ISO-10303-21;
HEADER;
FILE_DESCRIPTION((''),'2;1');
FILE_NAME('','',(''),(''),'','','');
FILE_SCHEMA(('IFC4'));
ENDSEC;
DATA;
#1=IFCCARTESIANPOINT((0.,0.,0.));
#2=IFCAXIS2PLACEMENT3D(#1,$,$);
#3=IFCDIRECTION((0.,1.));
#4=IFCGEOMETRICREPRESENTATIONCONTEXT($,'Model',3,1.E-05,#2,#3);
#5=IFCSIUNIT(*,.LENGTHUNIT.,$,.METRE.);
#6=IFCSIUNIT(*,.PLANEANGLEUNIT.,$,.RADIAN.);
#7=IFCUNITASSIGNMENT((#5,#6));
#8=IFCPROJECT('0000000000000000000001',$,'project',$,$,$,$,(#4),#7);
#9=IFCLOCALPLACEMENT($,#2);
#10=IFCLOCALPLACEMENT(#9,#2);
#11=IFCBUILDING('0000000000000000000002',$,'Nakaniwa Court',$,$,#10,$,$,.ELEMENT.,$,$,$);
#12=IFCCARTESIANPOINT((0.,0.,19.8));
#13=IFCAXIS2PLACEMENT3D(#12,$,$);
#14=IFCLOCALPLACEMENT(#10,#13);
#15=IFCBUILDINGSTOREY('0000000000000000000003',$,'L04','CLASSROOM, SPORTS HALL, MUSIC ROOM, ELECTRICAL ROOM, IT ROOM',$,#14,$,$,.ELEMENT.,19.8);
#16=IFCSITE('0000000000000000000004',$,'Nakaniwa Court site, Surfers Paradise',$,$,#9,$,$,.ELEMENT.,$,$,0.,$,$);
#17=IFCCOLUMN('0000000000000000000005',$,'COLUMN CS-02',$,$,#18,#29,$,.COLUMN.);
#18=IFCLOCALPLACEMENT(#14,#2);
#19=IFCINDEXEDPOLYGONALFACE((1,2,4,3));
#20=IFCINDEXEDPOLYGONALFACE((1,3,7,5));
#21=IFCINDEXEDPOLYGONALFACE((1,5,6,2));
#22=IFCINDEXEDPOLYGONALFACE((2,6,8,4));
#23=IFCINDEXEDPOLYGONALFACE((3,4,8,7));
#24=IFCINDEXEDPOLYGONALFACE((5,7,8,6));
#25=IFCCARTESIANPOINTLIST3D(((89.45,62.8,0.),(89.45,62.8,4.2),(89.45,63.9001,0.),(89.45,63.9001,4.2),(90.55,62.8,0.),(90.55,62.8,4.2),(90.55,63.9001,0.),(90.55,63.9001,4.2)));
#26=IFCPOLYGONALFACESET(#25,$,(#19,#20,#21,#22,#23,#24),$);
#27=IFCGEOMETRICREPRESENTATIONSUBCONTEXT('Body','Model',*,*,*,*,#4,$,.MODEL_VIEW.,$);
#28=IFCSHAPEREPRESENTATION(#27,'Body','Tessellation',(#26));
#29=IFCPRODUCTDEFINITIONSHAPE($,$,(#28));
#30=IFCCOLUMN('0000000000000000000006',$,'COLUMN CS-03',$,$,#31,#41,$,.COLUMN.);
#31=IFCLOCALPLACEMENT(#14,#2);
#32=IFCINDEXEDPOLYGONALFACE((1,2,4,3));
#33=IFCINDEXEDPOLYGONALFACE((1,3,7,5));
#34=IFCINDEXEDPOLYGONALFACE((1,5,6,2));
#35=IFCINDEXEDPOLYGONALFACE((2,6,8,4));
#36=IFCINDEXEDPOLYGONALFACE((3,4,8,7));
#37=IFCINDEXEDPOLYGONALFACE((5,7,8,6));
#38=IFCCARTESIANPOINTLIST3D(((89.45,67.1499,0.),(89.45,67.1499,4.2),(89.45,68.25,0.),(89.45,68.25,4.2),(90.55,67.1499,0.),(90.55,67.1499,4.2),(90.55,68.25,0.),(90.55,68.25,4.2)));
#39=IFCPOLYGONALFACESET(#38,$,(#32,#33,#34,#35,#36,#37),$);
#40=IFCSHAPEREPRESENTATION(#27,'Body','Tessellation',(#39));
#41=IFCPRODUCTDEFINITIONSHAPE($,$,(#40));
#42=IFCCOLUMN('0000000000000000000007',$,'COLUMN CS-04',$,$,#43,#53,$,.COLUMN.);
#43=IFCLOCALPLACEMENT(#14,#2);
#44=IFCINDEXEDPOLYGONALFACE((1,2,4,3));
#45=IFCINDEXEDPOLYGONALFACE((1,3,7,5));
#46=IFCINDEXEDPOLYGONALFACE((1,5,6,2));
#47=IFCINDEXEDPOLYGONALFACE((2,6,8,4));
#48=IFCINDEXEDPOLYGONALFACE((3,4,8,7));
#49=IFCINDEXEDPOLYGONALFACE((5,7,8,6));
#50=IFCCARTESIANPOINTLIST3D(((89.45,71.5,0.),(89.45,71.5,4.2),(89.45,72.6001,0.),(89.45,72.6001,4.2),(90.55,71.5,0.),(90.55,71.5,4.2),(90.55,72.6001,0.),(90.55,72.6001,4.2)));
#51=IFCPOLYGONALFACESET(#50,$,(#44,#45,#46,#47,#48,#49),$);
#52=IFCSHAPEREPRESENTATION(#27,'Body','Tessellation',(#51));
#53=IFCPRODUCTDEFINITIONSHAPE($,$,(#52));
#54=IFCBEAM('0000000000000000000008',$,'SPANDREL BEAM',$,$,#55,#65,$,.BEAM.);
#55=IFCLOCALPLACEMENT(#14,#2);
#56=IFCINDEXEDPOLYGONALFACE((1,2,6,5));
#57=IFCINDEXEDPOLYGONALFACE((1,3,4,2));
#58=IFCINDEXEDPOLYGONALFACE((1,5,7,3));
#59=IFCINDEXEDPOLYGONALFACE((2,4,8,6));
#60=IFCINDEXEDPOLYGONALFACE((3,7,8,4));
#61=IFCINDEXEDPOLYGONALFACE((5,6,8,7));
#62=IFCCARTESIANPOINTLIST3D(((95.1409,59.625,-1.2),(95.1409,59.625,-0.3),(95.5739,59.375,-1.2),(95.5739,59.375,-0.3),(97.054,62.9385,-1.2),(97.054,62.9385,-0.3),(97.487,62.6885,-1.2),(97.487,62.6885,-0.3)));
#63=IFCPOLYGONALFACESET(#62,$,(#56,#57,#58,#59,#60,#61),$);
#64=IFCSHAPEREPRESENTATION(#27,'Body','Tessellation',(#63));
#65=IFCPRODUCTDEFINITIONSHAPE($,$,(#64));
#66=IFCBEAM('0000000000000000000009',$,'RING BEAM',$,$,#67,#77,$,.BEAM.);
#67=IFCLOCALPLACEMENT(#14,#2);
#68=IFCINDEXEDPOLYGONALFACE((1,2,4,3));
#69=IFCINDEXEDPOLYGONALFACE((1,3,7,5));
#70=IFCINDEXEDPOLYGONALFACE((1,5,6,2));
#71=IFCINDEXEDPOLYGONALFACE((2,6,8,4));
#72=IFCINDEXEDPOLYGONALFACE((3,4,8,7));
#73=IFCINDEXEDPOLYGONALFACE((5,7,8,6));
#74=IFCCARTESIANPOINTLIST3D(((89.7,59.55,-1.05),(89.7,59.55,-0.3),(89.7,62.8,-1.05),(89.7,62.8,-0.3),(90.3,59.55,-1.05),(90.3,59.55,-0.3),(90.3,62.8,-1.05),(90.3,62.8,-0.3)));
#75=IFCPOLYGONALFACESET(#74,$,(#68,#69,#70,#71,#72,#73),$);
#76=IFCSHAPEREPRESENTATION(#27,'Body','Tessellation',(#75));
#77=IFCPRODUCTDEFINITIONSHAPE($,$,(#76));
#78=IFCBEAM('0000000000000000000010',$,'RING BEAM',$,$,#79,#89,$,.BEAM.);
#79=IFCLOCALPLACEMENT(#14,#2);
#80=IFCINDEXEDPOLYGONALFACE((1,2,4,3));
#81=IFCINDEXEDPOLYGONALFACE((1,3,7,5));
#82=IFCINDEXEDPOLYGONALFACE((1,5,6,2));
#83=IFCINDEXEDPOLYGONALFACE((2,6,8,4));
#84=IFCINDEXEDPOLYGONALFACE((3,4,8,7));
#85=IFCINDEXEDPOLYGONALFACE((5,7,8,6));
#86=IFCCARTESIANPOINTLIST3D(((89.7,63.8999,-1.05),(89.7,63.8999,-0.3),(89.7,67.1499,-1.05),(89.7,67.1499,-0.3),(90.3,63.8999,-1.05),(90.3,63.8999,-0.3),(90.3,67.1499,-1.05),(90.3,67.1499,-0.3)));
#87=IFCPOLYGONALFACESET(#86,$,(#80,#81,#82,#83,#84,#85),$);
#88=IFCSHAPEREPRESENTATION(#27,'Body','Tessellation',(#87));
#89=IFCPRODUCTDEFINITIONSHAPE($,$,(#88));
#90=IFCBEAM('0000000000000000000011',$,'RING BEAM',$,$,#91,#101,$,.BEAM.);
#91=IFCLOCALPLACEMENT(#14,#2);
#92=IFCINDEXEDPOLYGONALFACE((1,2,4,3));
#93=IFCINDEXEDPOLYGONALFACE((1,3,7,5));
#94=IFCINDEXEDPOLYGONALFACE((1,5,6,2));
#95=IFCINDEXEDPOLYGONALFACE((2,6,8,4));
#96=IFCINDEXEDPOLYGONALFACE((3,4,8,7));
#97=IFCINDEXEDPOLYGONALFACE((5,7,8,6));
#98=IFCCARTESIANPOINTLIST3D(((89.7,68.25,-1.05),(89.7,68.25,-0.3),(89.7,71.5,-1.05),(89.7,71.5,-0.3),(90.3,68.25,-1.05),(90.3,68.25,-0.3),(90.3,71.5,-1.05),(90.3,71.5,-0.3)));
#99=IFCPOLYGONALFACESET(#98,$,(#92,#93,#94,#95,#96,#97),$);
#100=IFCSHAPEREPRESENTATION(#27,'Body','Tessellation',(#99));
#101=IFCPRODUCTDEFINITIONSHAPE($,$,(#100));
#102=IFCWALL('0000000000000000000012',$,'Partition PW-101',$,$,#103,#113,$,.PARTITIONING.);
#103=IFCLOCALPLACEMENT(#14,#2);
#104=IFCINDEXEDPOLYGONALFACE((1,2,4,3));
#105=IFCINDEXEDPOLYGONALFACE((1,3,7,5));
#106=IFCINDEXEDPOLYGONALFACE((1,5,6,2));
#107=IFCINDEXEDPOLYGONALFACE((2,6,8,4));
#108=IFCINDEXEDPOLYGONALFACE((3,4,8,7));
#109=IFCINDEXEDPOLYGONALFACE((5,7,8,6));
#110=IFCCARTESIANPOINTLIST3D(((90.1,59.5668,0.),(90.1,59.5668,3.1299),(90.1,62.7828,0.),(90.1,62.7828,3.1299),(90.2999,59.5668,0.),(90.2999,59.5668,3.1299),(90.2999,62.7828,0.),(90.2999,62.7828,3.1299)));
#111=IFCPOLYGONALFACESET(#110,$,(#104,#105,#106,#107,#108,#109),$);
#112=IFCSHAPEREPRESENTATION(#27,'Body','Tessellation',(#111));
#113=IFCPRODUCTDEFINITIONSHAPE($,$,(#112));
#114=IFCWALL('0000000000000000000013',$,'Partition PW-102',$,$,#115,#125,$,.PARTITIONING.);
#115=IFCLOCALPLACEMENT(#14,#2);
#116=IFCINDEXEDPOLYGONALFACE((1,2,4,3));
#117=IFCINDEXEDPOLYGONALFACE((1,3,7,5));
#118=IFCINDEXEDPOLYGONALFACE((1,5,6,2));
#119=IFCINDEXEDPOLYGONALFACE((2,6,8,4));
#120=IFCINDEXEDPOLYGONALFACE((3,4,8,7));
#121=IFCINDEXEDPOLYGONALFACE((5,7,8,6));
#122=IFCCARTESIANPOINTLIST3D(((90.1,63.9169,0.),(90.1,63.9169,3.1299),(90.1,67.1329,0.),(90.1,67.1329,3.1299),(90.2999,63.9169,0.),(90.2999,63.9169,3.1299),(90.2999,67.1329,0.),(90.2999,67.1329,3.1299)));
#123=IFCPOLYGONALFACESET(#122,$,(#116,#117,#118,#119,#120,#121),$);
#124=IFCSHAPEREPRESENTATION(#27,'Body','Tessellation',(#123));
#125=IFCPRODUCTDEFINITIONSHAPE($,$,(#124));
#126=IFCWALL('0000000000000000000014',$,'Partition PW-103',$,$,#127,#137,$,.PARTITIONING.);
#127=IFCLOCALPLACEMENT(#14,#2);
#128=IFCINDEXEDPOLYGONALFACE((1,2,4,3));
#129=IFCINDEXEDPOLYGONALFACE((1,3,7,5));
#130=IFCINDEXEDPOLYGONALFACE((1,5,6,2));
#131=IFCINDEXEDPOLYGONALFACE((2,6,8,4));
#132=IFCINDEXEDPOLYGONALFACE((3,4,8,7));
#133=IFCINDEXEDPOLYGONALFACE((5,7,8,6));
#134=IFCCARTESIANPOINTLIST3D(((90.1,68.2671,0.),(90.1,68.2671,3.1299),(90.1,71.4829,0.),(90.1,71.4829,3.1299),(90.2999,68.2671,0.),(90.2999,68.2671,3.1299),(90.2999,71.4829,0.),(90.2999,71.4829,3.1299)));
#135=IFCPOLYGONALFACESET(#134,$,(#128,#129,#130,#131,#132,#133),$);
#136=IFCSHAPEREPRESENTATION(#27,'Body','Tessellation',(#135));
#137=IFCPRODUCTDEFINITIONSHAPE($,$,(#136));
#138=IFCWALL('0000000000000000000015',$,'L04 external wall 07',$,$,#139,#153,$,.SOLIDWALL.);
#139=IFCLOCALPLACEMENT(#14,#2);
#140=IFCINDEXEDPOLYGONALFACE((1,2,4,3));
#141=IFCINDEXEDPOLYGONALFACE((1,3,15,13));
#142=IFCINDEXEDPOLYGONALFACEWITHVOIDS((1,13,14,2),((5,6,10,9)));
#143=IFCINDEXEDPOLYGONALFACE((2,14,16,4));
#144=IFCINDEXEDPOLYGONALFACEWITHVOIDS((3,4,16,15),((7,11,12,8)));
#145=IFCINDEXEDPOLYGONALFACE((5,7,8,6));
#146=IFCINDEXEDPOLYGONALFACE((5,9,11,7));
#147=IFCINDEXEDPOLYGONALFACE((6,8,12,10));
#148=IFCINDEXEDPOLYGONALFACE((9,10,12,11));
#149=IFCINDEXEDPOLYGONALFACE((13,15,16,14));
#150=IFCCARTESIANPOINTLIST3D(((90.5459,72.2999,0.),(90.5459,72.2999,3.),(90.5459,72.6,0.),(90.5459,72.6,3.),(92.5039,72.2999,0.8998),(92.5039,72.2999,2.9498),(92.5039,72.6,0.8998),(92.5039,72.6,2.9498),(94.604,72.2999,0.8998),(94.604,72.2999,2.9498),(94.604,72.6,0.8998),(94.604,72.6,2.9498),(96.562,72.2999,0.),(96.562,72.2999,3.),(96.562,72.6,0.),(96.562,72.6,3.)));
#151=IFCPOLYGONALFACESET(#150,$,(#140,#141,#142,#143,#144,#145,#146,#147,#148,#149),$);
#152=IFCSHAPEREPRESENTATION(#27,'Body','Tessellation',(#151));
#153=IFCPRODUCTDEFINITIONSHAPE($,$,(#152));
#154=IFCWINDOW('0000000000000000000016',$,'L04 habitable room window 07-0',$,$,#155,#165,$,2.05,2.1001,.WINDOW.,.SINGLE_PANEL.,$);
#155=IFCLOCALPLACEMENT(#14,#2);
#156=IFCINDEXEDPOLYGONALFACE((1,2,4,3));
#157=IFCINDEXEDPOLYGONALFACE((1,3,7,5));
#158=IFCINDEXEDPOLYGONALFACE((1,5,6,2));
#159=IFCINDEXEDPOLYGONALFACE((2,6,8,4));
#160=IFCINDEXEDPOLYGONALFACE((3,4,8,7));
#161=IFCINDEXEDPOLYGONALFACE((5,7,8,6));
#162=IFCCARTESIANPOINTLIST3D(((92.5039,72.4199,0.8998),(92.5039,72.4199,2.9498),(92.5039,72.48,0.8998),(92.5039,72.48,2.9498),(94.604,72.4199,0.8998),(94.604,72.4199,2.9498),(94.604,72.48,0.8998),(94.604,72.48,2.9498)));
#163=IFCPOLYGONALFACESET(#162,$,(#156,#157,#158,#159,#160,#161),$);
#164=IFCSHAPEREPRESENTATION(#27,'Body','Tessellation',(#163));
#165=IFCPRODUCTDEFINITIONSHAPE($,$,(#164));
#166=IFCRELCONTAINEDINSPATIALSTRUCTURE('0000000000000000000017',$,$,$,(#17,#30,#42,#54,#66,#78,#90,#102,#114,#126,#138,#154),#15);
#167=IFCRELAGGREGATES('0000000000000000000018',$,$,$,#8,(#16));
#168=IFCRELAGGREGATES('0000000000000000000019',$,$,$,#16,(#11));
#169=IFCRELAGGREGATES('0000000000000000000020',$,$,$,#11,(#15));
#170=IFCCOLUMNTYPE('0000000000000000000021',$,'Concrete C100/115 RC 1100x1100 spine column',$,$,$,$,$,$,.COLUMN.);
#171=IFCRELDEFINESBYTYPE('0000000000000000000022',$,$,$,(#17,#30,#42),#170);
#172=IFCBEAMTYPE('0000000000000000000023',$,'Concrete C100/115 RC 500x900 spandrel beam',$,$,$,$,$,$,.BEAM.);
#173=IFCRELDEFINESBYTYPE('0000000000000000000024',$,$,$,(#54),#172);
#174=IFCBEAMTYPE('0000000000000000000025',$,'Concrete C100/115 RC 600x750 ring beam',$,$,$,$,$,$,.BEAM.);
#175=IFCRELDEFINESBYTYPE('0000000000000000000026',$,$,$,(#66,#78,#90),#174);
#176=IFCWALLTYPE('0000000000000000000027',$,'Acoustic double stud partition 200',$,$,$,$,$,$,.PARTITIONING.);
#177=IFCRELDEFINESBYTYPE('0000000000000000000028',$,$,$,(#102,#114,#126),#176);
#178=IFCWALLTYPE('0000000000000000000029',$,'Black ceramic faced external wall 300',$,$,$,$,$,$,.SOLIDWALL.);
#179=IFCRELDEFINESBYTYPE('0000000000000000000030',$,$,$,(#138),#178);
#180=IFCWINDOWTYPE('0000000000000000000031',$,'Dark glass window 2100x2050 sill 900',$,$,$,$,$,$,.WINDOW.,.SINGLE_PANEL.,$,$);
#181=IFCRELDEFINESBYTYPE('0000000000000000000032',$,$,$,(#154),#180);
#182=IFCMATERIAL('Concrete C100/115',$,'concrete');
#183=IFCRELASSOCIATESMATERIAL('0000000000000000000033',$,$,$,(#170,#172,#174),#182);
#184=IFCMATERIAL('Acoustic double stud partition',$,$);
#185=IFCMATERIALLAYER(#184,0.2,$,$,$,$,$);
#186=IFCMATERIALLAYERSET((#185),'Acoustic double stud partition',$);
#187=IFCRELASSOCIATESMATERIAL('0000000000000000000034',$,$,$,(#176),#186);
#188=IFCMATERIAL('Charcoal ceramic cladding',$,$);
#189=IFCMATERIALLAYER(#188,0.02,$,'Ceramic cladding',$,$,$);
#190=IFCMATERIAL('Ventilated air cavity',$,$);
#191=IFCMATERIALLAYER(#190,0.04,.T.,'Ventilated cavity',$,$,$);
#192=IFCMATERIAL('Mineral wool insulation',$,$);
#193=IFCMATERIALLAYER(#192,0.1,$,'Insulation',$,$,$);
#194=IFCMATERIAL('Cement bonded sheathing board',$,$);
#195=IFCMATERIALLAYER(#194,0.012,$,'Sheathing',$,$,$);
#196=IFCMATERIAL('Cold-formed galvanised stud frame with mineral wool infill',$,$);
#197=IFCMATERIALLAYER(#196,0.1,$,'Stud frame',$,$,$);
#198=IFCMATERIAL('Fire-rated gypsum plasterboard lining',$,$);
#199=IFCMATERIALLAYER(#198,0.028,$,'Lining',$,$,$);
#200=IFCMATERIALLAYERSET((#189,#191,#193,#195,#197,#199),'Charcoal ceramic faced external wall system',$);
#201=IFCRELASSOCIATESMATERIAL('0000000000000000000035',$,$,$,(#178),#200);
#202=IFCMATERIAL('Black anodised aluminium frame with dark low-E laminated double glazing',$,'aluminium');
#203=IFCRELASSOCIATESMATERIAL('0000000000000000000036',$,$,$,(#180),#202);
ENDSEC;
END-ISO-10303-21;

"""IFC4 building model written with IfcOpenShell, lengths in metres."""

from ifc_helpers import new_model, si_unit, direction, frame, frame_2d, origin, origin_2d, place, context, subcontext, project, spatial, rectangle, extrude, material, layer, layer_set, material_profile, profile_set, type_object, element, fill, save


model = new_model("IFC4")

# Units and contexts
model_context = context("Model", 3, precision=1e-05, world=origin(), true_north=direction((0.0, 1.0)))
body_context = subcontext(model_context, "Body", "Model", "MODEL_VIEW")
ifc_project = project(units=[si_unit("LENGTHUNIT", "METRE"), si_unit("PLANEANGLEUNIT", "RADIAN")], contexts=[model_context])

# Site, building, storey
site_placement = place(None, origin())
site = spatial("IfcSite", under=ifc_project, at=site_placement, Name="Nakaniwa Court site, Surfers Paradise", CompositionType="ELEMENT", RefElevation=0.0)
building_placement = place(site_placement, origin())
building = spatial("IfcBuilding", under=site, at=building_placement, Name="Nakaniwa Court", CompositionType="ELEMENT")
storey_placement = place(building_placement, frame((0.0, 0.0, 19.8)))
storey = spatial("IfcBuildingStorey", under=building, at=storey_placement, Name="L04", Description="CLASSROOM, SPORTS HALL, MUSIC ROOM, ELECTRICAL ROOM, IT ROOM", CompositionType="ELEMENT", Elevation=19.8)

# Columns
ifc_material_1 = material(Name="Concrete C100/115", Category="concrete")
ifc_material_profile_1 = material_profile(ifc_material_1, rectangle(XDim=1.1001, YDim=1.1001, at=origin_2d()), Name="Concrete C100/115 RC 1100x1100 spine column")
ifc_profile_set_1 = profile_set([ifc_material_profile_1], Name="Concrete C100/115")
column_type = type_object("IfcColumnType", Name="Concrete C100/115 RC 1100x1100 spine column", PredefinedType="COLUMN", material=ifc_profile_set_1)
for number, where, z_axis, x_axis, name in (
    (1, (90.0, 63.3501, 0.0), (0.0, 0.0, 1.0), (0.0, 1.0, 0.0), "COLUMN CS-02"),
    (2, (90.0, 67.7, 0.0), (0.0, 0.0, 1.0), (0.0, 1.0, 0.0), "COLUMN CS-03"),
    (3, (90.0, 72.05, 0.0), (0.0, 0.0, 1.0), (0.0, 1.0, 0.0), "COLUMN CS-04"),
):
    element("IfcColumn", number, at=place(storey_placement, frame(where, z_axis=z_axis, x_axis=x_axis)), inside=storey, type_object=column_type, Name=name, PredefinedType="COLUMN", context=body_context, shape_type="SweptSolid", body=[
        extrude(rectangle(XDim=1.1001, YDim=1.1001, at=origin_2d()), origin(), (0.0, 0.0, 1.0), 4.2),
    ])

# Beams
ifc_material_profile_2 = material_profile(ifc_material_1, rectangle(XDim=0.5, YDim=0.8999, at=origin_2d()), Name="Concrete C100/115 RC 500x900 spandrel beam")
ifc_profile_set_2 = profile_set([ifc_material_profile_2], Name="Concrete C100/115")
beam_type_1 = type_object("IfcBeamType", Name="Concrete C100/115 RC 500x900 spandrel beam", PredefinedType="BEAM", material=ifc_profile_set_2)
beam_placement = place(storey_placement, frame((95.3574, 59.5, -0.75), z_axis=(0.50001, 0.86602, 0.0), x_axis=(-0.86602, 0.50001, 0.0)))
element("IfcBeam", 4, at=beam_placement, inside=storey, type_object=beam_type_1, Name="SPANDREL BEAM", PredefinedType="BEAM", context=body_context, shape_type="SweptSolid", body=[
    extrude(rectangle(XDim=0.5, YDim=0.8999, at=origin_2d()), origin(), (0.0, 0.0, 1.0), 3.8262),
])
ifc_material_profile_3 = material_profile(ifc_material_1, rectangle(XDim=0.6001, YDim=0.75, at=origin_2d()), Name="Concrete C100/115 RC 600x750 ring beam")
ifc_profile_set_3 = profile_set([ifc_material_profile_3], Name="Concrete C100/115")
beam_type_2 = type_object("IfcBeamType", Name="Concrete C100/115 RC 600x750 ring beam", PredefinedType="BEAM", material=ifc_profile_set_3)
for number, where, z_axis, x_axis, name in (
    (5, (90.0, 59.55, -0.675), (0.0, 1.0, 0.0), (-1.0, 0.0, 0.0), "RING BEAM"),
    (6, (90.0, 63.8999, -0.675), (0.0, 1.0, 0.0), (-1.0, 0.0, 0.0), "RING BEAM"),
    (7, (90.0, 68.25, -0.675), (0.0, 1.0, 0.0), (-1.0, 0.0, 0.0), "RING BEAM"),
):
    element("IfcBeam", number, at=place(storey_placement, frame(where, z_axis=z_axis, x_axis=x_axis)), inside=storey, type_object=beam_type_2, Name=name, PredefinedType="BEAM", context=body_context, shape_type="SweptSolid", body=[
        extrude(rectangle(XDim=0.6001, YDim=0.75, at=origin_2d()), origin(), (0.0, 0.0, 1.0), 3.25),
    ])

# Walls
ifc_material_2 = material(Name="Acoustic double stud partition")
ifc_layer_1 = layer(ifc_material_2, 0.2)
ifc_layer_set_1 = layer_set([ifc_layer_1], Name="Acoustic double stud partition")
wall_type_1 = type_object("IfcWallType", Name="Acoustic double stud partition 200", PredefinedType="PARTITIONING", material=ifc_layer_set_1)
for number, where, z_axis, x_axis, name in (
    (8, (90.2, 59.5669, 0.0), (0.0, 0.0, 1.0), (0.0, 1.0, 0.0), "Partition PW-101"),
    (9, (90.2, 63.917, 0.0), (0.0, 0.0, 1.0), (0.0, 1.0, 0.0), "Partition PW-102"),
):
    element("IfcWall", number, at=place(storey_placement, frame(where, z_axis=z_axis, x_axis=x_axis)), inside=storey, type_object=wall_type_1, Name=name, PredefinedType="PARTITIONING", context=body_context, shape_type="SweptSolid", body=[
        extrude(rectangle(XDim=3.2161, YDim=0.2, at=frame_2d((1.6079, 0.0))), origin(), (0.0, 0.0, 1.0), 3.1299),
    ])
wall_1_placement = place(storey_placement, frame((90.2, 68.2671, 0.0), z_axis=(0.0, 0.0, 1.0), x_axis=(0.0, 1.0, 0.0)))
element("IfcWall", 10, at=wall_1_placement, inside=storey, type_object=wall_type_1, Name="Partition PW-103", PredefinedType="PARTITIONING", context=body_context, shape_type="SweptSolid", body=[
    extrude(rectangle(XDim=3.2158, YDim=0.2, at=frame_2d((1.6079, 0.0))), origin(), (0.0, 0.0, 1.0), 3.1299),
])

# Wall, opening, window
ifc_material_3 = material(Name="Charcoal ceramic cladding")
ifc_layer_2 = layer(ifc_material_3, 0.02, Name="Ceramic cladding")
ifc_material_4 = material(Name="Ventilated air cavity")
ifc_layer_3 = layer(ifc_material_4, 0.04, ventilated=True, Name="Ventilated cavity")
ifc_material_5 = material(Name="Mineral wool insulation")
ifc_layer_4 = layer(ifc_material_5, 0.1, Name="Insulation")
ifc_material_6 = material(Name="Cement bonded sheathing board")
ifc_layer_5 = layer(ifc_material_6, 0.012, Name="Sheathing")
ifc_material_7 = material(Name="Cold-formed galvanised stud frame with mineral wool infill")
ifc_layer_6 = layer(ifc_material_7, 0.1, Name="Stud frame")
ifc_material_8 = material(Name="Fire-rated gypsum plasterboard lining")
ifc_layer_7 = layer(ifc_material_8, 0.028, Name="Lining")
ifc_layer_set_2 = layer_set([ifc_layer_2, ifc_layer_3, ifc_layer_4, ifc_layer_5, ifc_layer_6, ifc_layer_7], Name="Charcoal ceramic faced external wall system")
wall_type_2 = type_object("IfcWallType", Name="Black ceramic faced external wall 300", PredefinedType="SOLIDWALL", material=ifc_layer_set_2)
wall_2_placement = place(storey_placement, frame((96.562, 72.45, 0.0), z_axis=(0.0, 0.0, 1.0), x_axis=(-1.0, 0.0, 0.0)))
wall_2 = element("IfcWall", 11, at=wall_2_placement, inside=storey, type_object=wall_type_2, Name="L04 external wall 07", PredefinedType="SOLIDWALL", context=body_context, shape_type="SweptSolid", body=[
    extrude(rectangle(XDim=6.0161, YDim=0.3, at=frame_2d((3.0081, 0.0))), origin(), (0.0, 0.0, 1.0), 3.0),
])
opening_1_placement = place(wall_2_placement, frame((1.958, 0.0, 0.8999)))
opening_1 = element("IfcOpeningElement", 12, at=opening_1_placement, cuts=wall_2, PredefinedType="OPENING", context=body_context, shape_type="SweptSolid", body=[
    extrude(rectangle(XDim=2.1001, YDim=2.05, at=frame_2d((1.05, 1.0249))), frame((0.0, 0.1599, 0.0), z_axis=(0.0, -1.0, 0.0), x_axis=(1.0, 0.0, 0.0)), (0.0, 0.0, 1.0), 0.3201),
])
ifc_material_9 = material(Name="Black anodised aluminium frame with dark low-E laminated double glazing", Category="aluminium")
window_type = type_object("IfcWindowType", Name="Dark glass window 2100x2050 sill 900", PartitioningType="SINGLE_PANEL", PredefinedType="WINDOW", material=ifc_material_9)
window_placement = place(opening_1_placement, origin())
window = element("IfcWindow", 13, at=window_placement, inside=storey, type_object=window_type, Name="L04 habitable room window 07-0", OverallHeight=2.05, OverallWidth=2.1001, PartitioningType="SINGLE_PANEL", PredefinedType="WINDOW", context=body_context, shape_type="SweptSolid", body=[
    extrude(rectangle(XDim=2.1001, YDim=2.05, at=frame_2d((1.05, 1.0249))), frame((0.0, 0.03, 0.0), z_axis=(0.0, -1.0, 0.0), x_axis=(1.0, 0.0, 0.0)), (0.0, 0.0, 1.0), 0.0601),
])
fill(opening_1, window)

save(model, "model.ifc")
